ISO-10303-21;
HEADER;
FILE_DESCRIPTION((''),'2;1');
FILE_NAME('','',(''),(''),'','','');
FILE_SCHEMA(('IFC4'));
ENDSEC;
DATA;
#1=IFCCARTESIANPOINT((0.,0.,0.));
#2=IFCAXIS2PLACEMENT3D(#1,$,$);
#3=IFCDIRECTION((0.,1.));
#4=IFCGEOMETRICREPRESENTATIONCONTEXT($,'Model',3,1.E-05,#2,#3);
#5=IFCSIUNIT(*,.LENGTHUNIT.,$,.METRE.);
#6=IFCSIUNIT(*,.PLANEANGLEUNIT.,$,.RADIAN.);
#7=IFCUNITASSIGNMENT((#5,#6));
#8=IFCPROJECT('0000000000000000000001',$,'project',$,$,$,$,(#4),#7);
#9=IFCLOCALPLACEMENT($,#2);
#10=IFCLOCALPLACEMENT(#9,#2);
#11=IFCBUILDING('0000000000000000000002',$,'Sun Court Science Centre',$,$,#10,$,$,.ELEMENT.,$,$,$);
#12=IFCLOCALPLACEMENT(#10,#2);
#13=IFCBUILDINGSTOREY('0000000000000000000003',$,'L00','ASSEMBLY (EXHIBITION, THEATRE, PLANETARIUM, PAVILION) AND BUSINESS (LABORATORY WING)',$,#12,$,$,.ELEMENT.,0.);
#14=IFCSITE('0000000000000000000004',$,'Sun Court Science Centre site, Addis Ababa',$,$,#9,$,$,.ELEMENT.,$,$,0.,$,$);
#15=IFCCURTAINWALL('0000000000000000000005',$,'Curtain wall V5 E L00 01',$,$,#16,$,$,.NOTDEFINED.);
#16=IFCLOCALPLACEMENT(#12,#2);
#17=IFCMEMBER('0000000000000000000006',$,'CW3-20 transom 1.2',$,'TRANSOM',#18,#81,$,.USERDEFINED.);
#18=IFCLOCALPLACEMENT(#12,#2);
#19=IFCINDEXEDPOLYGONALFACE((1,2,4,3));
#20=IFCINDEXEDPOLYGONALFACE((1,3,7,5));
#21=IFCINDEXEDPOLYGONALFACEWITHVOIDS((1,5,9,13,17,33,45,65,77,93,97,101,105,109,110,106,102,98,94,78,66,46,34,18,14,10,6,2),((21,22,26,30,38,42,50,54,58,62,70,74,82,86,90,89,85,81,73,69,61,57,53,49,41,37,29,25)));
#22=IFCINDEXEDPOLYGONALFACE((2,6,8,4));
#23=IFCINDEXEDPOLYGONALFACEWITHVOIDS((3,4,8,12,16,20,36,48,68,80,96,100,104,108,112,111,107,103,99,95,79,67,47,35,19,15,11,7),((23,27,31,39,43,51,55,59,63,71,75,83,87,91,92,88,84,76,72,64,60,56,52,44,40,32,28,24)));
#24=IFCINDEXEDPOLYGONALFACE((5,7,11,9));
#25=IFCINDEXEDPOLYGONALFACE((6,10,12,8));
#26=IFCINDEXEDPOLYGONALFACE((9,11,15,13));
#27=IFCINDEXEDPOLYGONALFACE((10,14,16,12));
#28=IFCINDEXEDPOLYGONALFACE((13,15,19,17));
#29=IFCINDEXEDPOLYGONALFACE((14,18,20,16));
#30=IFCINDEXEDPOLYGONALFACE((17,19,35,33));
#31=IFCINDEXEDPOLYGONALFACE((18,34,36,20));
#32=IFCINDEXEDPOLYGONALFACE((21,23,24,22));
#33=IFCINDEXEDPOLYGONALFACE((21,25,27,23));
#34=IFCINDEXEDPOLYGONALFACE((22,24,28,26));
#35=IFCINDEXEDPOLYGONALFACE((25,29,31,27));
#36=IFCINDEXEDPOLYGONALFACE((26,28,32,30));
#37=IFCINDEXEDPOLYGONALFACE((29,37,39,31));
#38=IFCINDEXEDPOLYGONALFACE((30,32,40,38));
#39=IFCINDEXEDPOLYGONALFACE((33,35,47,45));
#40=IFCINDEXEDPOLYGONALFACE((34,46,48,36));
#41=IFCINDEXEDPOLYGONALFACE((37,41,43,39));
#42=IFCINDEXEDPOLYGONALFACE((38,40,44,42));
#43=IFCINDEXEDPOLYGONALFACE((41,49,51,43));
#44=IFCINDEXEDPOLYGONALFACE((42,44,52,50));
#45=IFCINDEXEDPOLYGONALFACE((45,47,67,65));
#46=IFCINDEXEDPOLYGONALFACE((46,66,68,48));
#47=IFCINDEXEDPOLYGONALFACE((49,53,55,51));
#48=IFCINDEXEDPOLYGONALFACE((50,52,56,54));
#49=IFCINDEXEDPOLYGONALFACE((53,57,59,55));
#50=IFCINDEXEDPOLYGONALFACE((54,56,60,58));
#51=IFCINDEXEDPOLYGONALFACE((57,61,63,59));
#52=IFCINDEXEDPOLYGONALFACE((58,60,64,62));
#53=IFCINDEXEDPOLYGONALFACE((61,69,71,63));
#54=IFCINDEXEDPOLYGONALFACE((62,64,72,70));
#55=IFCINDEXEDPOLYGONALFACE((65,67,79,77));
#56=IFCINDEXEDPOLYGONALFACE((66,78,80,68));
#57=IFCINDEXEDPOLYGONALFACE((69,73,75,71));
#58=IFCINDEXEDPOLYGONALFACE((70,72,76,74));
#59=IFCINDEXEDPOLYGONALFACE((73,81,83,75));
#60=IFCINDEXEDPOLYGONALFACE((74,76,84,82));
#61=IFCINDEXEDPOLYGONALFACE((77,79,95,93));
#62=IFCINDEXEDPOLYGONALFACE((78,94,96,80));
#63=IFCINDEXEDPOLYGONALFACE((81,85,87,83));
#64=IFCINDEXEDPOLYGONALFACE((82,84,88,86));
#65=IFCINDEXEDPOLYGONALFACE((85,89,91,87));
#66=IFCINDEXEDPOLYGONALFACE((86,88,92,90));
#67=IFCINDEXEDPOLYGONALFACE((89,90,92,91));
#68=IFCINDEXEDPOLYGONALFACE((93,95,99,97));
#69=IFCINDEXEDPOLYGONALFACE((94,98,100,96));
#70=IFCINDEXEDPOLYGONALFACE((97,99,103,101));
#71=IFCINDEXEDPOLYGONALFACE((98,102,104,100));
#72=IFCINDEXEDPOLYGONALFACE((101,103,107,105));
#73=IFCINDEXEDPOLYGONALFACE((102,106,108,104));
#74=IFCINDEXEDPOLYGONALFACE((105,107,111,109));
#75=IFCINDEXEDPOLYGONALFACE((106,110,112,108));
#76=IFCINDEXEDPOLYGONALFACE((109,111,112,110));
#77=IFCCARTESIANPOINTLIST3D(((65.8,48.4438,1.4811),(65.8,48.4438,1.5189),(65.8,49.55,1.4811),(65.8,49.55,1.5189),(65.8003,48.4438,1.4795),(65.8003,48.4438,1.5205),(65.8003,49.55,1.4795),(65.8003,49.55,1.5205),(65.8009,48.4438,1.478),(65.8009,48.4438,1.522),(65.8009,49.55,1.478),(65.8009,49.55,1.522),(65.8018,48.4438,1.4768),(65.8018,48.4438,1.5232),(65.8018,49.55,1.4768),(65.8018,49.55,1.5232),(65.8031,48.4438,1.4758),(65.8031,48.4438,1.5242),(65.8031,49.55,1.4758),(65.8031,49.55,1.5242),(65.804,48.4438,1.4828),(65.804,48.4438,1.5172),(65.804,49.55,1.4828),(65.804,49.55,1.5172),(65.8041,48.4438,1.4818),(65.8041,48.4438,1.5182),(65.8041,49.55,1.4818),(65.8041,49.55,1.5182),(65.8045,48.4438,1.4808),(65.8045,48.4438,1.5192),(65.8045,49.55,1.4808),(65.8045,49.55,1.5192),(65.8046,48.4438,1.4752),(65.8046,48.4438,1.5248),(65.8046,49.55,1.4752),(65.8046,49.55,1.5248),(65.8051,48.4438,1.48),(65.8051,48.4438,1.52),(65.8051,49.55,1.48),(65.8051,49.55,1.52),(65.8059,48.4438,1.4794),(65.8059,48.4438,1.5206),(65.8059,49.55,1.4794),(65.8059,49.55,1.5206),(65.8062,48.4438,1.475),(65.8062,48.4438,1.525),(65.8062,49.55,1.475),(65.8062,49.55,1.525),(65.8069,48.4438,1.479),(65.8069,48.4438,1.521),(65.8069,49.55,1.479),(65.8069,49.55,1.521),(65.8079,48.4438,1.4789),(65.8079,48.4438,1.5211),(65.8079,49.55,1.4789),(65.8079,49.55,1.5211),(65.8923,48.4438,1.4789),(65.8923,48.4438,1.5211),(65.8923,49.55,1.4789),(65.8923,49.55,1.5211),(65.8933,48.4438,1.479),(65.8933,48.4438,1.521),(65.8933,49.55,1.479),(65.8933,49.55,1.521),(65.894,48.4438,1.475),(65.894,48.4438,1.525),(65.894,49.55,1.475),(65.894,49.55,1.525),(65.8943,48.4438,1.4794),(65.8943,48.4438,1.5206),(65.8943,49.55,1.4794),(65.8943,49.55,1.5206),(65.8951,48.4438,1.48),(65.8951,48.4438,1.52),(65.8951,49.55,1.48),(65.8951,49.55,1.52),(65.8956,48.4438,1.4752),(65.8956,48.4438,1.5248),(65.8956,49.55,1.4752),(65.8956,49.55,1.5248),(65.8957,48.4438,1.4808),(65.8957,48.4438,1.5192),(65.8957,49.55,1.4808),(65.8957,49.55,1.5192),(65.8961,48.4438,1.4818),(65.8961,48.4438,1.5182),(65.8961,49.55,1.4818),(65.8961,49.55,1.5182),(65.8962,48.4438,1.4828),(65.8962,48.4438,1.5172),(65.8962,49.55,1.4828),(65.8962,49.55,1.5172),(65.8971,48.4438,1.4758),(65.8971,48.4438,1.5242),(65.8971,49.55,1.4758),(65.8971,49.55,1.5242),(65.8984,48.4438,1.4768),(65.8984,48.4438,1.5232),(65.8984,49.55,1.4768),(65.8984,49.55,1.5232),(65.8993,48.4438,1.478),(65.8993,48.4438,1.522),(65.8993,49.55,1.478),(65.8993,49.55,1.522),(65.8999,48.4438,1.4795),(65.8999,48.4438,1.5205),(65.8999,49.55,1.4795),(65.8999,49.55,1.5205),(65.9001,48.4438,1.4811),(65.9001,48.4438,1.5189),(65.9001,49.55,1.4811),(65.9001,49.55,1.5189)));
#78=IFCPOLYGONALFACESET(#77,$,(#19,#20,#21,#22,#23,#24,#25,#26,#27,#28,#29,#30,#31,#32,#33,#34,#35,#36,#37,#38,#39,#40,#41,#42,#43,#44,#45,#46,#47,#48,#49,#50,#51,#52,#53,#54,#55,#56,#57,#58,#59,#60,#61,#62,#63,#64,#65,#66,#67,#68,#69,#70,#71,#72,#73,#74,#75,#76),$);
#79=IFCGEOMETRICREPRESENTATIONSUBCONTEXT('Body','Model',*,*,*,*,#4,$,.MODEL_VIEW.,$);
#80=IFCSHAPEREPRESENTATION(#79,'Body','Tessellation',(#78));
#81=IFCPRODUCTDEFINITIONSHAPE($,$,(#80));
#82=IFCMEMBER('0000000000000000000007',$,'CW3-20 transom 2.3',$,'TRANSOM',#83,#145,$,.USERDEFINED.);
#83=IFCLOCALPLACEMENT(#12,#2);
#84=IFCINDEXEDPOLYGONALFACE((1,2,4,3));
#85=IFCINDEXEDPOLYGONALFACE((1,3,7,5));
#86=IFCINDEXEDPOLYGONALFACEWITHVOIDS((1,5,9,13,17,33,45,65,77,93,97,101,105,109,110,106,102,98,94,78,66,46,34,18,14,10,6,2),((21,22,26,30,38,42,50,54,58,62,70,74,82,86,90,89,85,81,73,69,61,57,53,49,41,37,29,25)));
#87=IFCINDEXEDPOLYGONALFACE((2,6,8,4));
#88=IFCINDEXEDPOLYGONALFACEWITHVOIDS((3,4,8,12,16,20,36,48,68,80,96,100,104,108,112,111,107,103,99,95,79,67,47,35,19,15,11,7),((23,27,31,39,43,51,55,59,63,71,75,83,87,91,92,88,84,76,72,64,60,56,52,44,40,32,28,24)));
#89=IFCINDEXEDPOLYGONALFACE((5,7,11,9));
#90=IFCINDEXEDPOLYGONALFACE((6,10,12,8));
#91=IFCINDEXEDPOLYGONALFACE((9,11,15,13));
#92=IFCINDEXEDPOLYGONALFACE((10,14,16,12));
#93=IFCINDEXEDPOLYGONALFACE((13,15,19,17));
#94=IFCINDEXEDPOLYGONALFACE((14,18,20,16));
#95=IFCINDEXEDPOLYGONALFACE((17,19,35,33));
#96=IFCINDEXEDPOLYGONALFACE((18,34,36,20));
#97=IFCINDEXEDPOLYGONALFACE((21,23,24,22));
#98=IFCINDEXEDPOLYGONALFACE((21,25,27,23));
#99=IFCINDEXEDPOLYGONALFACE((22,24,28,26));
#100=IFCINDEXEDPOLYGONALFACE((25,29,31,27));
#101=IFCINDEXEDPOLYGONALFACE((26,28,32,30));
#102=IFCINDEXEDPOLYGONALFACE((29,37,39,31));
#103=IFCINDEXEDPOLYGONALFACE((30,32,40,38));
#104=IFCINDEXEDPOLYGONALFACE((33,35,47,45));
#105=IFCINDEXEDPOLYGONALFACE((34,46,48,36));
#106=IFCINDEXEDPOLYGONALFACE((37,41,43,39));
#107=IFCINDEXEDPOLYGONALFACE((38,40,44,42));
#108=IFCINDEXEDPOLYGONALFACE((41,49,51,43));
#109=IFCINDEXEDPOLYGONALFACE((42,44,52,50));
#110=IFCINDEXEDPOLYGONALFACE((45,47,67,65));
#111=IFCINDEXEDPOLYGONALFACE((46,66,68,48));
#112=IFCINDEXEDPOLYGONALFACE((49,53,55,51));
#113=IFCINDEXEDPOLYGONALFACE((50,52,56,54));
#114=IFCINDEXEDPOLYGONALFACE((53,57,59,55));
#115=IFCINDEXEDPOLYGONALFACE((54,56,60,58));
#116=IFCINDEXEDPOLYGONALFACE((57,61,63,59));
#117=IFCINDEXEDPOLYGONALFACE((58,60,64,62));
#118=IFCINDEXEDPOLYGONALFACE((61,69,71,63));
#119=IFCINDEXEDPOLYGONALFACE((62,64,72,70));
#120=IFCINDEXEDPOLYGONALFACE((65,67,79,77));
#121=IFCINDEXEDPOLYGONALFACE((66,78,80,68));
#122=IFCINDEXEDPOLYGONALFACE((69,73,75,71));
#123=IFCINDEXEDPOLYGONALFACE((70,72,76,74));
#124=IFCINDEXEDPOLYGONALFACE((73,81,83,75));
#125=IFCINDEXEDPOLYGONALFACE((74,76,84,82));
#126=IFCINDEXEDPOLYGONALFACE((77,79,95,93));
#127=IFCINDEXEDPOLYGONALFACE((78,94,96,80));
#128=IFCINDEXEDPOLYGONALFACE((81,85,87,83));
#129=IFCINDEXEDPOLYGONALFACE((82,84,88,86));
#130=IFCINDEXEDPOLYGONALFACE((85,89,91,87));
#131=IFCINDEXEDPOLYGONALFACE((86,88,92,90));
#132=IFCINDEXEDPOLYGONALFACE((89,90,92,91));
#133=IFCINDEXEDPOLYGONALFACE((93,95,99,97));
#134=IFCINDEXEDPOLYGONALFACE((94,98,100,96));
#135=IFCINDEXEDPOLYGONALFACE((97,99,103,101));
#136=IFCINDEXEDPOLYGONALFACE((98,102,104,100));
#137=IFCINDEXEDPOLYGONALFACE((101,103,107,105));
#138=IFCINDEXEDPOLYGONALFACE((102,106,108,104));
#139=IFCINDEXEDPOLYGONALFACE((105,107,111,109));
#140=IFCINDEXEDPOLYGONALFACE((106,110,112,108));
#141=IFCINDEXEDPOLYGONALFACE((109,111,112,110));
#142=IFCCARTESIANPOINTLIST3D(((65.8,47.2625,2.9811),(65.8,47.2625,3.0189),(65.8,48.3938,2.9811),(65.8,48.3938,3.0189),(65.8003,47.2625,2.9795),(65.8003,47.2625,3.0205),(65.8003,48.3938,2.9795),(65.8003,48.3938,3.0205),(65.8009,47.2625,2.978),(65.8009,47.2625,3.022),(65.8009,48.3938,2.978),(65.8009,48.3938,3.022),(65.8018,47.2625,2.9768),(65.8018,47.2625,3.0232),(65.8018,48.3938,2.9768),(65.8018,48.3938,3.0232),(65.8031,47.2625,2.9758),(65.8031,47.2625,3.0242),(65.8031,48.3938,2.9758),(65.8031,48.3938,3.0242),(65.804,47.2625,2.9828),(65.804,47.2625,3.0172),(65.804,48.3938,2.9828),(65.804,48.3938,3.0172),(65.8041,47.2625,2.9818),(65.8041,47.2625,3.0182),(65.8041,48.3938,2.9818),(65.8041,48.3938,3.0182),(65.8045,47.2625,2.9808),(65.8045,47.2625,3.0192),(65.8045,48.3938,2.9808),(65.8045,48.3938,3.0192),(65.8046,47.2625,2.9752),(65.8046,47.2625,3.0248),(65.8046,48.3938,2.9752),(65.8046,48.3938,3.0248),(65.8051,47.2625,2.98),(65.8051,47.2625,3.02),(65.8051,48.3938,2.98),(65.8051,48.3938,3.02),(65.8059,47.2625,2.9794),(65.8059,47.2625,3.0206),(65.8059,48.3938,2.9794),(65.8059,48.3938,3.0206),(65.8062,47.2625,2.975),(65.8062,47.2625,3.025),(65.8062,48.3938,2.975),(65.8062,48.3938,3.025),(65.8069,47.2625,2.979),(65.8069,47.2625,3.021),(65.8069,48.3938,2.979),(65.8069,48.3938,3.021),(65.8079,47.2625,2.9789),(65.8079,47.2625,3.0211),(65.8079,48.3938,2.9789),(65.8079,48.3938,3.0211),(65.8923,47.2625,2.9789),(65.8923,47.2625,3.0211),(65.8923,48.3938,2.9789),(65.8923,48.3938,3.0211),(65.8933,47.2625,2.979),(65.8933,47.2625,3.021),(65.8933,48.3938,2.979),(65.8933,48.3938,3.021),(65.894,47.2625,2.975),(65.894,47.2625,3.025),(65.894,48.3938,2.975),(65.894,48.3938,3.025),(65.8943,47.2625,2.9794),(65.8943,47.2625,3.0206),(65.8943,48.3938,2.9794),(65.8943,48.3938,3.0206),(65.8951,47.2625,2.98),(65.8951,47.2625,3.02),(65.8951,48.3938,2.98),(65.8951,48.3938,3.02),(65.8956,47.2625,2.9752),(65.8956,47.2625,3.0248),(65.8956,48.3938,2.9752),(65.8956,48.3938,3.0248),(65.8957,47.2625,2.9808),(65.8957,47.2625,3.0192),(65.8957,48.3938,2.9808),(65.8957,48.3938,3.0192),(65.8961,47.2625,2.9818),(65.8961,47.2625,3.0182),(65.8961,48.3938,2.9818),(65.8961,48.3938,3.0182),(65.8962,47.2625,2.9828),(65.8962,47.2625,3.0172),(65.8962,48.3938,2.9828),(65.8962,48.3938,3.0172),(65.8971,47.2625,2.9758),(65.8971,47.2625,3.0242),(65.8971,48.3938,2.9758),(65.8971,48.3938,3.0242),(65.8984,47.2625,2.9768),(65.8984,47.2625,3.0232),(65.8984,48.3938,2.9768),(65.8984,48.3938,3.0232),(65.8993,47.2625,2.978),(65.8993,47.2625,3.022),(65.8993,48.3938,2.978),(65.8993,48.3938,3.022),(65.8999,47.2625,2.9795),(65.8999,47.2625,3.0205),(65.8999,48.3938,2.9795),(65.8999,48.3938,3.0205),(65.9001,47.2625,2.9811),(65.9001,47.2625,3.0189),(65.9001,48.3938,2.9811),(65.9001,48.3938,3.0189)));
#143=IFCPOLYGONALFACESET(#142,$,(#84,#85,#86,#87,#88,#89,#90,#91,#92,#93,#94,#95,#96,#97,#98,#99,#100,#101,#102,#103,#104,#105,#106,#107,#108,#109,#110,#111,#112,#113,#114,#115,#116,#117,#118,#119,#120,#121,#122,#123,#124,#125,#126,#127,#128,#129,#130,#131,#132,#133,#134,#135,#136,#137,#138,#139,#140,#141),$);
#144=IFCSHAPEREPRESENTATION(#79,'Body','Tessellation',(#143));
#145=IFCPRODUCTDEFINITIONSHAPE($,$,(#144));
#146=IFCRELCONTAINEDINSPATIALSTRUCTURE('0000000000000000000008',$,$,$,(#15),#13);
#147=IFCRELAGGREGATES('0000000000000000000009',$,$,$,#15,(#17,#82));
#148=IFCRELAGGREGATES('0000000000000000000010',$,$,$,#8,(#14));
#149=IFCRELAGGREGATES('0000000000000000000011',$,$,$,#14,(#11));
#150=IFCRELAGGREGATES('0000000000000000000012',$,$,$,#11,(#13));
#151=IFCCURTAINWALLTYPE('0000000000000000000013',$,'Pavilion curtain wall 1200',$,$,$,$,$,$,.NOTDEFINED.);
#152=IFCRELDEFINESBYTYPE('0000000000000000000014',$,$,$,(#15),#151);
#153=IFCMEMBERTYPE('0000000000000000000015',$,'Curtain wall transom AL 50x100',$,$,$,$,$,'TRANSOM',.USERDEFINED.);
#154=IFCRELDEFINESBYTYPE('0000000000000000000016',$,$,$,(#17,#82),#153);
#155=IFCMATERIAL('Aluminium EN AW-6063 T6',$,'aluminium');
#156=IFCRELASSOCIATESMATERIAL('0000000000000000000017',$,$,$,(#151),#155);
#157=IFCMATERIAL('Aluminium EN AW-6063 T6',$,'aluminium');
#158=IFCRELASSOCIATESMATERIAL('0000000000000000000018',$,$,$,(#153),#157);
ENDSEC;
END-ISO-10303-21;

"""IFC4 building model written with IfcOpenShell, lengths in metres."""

from ifc_helpers import new_model, si_unit, direction, frame, origin, origin_2d, place, context, subcontext, project, spatial, hollow_rectangle, extrude, material, material_profile, profile_set, type_object, element, aggregate, save


model = new_model("IFC4")

# Units and contexts
model_context = context("Model", 3, precision=1e-05, world=origin(), true_north=direction((0.0, 1.0)))
body_context = subcontext(model_context, "Body", "Model", "MODEL_VIEW")
ifc_project = project(units=[si_unit("LENGTHUNIT", "METRE"), si_unit("PLANEANGLEUNIT", "RADIAN")], contexts=[model_context])

# Site, building, storey
site_placement = place(None, origin())
site = spatial("IfcSite", under=ifc_project, at=site_placement, Name="Sun Court Science Centre site, Addis Ababa", CompositionType="ELEMENT", RefElevation=0.0)
building_placement = place(site_placement, origin())
building = spatial("IfcBuilding", under=site, at=building_placement, Name="Sun Court Science Centre", CompositionType="ELEMENT")
storey_placement = place(building_placement, origin())
storey = spatial("IfcBuildingStorey", under=building, at=storey_placement, Name="L00", Description="ASSEMBLY (EXHIBITION, THEATRE, PLANETARIUM, PAVILION) AND BUSINESS (LABORATORY WING)", CompositionType="ELEMENT", Elevation=0.0)

# Curtain wall
ifc_material_1 = material(Name="Aluminium EN AW-6063 T6", Category="aluminium")
curtain_wall_type_1 = type_object("IfcCurtainWallType", Name="Pavilion curtain wall 1200", PredefinedType="NOTDEFINED", material=ifc_material_1)
curtain_wall_1_placement = place(storey_placement, origin())
curtain_wall_1 = element("IfcCurtainWall", 1, at=curtain_wall_1_placement, inside=storey, type_object=curtain_wall_type_1, Name="Curtain wall V5 E L00 01", PredefinedType="NOTDEFINED")

# Members
ifc_material_2 = material(Name="Aluminium EN AW-6063 T6", Category="aluminium")
ifc_material_profile_1 = material_profile(ifc_material_2, hollow_rectangle(XDim=0.05, YDim=0.1001, WallThickness=0.0039, InnerFilletRadius=0.0039, OuterFilletRadius=0.0061, at=origin_2d()), Name="AL 50x100x4")
ifc_profile_set_1 = profile_set([ifc_material_profile_1], Name="Aluminium EN AW-6063 T6")
member_type_1 = type_object("IfcMemberType", Name="Curtain wall transom AL 50x100", ElementType="TRANSOM", PredefinedType="USERDEFINED", material=ifc_profile_set_1)
member_1_placement = place(storey_placement, frame((65.8501, 49.55, 1.5), z_axis=(0.0, -1.0, 0.0), x_axis=(0.0, 0.0, 1.0)))
member_1 = element("IfcMember", 2, at=member_1_placement, type_object=member_type_1, Name="CW3-20 transom 1.2", ObjectType="TRANSOM", PredefinedType="USERDEFINED", context=body_context, shape_type="SweptSolid", body=[
    extrude(hollow_rectangle(XDim=0.05, YDim=0.1001, WallThickness=0.0039, InnerFilletRadius=0.0039, OuterFilletRadius=0.0061, at=origin_2d()), origin(), (0.0, 0.0, 1.0), 1.1062),
])
member_2_placement = place(storey_placement, frame((65.8501, 48.3938, 3.0), z_axis=(0.0, -1.0, 0.0), x_axis=(0.0, 0.0, 1.0)))
member_2 = element("IfcMember", 3, at=member_2_placement, type_object=member_type_1, Name="CW3-20 transom 2.3", ObjectType="TRANSOM", PredefinedType="USERDEFINED", context=body_context, shape_type="SweptSolid", body=[
    extrude(hollow_rectangle(XDim=0.05, YDim=0.1001, WallThickness=0.0039, InnerFilletRadius=0.0039, OuterFilletRadius=0.0061, at=origin_2d()), origin(), (0.0, 0.0, 1.0), 1.1313),
])

aggregate(curtain_wall_1, [member_1, member_2])

save(model, "model.ifc")
